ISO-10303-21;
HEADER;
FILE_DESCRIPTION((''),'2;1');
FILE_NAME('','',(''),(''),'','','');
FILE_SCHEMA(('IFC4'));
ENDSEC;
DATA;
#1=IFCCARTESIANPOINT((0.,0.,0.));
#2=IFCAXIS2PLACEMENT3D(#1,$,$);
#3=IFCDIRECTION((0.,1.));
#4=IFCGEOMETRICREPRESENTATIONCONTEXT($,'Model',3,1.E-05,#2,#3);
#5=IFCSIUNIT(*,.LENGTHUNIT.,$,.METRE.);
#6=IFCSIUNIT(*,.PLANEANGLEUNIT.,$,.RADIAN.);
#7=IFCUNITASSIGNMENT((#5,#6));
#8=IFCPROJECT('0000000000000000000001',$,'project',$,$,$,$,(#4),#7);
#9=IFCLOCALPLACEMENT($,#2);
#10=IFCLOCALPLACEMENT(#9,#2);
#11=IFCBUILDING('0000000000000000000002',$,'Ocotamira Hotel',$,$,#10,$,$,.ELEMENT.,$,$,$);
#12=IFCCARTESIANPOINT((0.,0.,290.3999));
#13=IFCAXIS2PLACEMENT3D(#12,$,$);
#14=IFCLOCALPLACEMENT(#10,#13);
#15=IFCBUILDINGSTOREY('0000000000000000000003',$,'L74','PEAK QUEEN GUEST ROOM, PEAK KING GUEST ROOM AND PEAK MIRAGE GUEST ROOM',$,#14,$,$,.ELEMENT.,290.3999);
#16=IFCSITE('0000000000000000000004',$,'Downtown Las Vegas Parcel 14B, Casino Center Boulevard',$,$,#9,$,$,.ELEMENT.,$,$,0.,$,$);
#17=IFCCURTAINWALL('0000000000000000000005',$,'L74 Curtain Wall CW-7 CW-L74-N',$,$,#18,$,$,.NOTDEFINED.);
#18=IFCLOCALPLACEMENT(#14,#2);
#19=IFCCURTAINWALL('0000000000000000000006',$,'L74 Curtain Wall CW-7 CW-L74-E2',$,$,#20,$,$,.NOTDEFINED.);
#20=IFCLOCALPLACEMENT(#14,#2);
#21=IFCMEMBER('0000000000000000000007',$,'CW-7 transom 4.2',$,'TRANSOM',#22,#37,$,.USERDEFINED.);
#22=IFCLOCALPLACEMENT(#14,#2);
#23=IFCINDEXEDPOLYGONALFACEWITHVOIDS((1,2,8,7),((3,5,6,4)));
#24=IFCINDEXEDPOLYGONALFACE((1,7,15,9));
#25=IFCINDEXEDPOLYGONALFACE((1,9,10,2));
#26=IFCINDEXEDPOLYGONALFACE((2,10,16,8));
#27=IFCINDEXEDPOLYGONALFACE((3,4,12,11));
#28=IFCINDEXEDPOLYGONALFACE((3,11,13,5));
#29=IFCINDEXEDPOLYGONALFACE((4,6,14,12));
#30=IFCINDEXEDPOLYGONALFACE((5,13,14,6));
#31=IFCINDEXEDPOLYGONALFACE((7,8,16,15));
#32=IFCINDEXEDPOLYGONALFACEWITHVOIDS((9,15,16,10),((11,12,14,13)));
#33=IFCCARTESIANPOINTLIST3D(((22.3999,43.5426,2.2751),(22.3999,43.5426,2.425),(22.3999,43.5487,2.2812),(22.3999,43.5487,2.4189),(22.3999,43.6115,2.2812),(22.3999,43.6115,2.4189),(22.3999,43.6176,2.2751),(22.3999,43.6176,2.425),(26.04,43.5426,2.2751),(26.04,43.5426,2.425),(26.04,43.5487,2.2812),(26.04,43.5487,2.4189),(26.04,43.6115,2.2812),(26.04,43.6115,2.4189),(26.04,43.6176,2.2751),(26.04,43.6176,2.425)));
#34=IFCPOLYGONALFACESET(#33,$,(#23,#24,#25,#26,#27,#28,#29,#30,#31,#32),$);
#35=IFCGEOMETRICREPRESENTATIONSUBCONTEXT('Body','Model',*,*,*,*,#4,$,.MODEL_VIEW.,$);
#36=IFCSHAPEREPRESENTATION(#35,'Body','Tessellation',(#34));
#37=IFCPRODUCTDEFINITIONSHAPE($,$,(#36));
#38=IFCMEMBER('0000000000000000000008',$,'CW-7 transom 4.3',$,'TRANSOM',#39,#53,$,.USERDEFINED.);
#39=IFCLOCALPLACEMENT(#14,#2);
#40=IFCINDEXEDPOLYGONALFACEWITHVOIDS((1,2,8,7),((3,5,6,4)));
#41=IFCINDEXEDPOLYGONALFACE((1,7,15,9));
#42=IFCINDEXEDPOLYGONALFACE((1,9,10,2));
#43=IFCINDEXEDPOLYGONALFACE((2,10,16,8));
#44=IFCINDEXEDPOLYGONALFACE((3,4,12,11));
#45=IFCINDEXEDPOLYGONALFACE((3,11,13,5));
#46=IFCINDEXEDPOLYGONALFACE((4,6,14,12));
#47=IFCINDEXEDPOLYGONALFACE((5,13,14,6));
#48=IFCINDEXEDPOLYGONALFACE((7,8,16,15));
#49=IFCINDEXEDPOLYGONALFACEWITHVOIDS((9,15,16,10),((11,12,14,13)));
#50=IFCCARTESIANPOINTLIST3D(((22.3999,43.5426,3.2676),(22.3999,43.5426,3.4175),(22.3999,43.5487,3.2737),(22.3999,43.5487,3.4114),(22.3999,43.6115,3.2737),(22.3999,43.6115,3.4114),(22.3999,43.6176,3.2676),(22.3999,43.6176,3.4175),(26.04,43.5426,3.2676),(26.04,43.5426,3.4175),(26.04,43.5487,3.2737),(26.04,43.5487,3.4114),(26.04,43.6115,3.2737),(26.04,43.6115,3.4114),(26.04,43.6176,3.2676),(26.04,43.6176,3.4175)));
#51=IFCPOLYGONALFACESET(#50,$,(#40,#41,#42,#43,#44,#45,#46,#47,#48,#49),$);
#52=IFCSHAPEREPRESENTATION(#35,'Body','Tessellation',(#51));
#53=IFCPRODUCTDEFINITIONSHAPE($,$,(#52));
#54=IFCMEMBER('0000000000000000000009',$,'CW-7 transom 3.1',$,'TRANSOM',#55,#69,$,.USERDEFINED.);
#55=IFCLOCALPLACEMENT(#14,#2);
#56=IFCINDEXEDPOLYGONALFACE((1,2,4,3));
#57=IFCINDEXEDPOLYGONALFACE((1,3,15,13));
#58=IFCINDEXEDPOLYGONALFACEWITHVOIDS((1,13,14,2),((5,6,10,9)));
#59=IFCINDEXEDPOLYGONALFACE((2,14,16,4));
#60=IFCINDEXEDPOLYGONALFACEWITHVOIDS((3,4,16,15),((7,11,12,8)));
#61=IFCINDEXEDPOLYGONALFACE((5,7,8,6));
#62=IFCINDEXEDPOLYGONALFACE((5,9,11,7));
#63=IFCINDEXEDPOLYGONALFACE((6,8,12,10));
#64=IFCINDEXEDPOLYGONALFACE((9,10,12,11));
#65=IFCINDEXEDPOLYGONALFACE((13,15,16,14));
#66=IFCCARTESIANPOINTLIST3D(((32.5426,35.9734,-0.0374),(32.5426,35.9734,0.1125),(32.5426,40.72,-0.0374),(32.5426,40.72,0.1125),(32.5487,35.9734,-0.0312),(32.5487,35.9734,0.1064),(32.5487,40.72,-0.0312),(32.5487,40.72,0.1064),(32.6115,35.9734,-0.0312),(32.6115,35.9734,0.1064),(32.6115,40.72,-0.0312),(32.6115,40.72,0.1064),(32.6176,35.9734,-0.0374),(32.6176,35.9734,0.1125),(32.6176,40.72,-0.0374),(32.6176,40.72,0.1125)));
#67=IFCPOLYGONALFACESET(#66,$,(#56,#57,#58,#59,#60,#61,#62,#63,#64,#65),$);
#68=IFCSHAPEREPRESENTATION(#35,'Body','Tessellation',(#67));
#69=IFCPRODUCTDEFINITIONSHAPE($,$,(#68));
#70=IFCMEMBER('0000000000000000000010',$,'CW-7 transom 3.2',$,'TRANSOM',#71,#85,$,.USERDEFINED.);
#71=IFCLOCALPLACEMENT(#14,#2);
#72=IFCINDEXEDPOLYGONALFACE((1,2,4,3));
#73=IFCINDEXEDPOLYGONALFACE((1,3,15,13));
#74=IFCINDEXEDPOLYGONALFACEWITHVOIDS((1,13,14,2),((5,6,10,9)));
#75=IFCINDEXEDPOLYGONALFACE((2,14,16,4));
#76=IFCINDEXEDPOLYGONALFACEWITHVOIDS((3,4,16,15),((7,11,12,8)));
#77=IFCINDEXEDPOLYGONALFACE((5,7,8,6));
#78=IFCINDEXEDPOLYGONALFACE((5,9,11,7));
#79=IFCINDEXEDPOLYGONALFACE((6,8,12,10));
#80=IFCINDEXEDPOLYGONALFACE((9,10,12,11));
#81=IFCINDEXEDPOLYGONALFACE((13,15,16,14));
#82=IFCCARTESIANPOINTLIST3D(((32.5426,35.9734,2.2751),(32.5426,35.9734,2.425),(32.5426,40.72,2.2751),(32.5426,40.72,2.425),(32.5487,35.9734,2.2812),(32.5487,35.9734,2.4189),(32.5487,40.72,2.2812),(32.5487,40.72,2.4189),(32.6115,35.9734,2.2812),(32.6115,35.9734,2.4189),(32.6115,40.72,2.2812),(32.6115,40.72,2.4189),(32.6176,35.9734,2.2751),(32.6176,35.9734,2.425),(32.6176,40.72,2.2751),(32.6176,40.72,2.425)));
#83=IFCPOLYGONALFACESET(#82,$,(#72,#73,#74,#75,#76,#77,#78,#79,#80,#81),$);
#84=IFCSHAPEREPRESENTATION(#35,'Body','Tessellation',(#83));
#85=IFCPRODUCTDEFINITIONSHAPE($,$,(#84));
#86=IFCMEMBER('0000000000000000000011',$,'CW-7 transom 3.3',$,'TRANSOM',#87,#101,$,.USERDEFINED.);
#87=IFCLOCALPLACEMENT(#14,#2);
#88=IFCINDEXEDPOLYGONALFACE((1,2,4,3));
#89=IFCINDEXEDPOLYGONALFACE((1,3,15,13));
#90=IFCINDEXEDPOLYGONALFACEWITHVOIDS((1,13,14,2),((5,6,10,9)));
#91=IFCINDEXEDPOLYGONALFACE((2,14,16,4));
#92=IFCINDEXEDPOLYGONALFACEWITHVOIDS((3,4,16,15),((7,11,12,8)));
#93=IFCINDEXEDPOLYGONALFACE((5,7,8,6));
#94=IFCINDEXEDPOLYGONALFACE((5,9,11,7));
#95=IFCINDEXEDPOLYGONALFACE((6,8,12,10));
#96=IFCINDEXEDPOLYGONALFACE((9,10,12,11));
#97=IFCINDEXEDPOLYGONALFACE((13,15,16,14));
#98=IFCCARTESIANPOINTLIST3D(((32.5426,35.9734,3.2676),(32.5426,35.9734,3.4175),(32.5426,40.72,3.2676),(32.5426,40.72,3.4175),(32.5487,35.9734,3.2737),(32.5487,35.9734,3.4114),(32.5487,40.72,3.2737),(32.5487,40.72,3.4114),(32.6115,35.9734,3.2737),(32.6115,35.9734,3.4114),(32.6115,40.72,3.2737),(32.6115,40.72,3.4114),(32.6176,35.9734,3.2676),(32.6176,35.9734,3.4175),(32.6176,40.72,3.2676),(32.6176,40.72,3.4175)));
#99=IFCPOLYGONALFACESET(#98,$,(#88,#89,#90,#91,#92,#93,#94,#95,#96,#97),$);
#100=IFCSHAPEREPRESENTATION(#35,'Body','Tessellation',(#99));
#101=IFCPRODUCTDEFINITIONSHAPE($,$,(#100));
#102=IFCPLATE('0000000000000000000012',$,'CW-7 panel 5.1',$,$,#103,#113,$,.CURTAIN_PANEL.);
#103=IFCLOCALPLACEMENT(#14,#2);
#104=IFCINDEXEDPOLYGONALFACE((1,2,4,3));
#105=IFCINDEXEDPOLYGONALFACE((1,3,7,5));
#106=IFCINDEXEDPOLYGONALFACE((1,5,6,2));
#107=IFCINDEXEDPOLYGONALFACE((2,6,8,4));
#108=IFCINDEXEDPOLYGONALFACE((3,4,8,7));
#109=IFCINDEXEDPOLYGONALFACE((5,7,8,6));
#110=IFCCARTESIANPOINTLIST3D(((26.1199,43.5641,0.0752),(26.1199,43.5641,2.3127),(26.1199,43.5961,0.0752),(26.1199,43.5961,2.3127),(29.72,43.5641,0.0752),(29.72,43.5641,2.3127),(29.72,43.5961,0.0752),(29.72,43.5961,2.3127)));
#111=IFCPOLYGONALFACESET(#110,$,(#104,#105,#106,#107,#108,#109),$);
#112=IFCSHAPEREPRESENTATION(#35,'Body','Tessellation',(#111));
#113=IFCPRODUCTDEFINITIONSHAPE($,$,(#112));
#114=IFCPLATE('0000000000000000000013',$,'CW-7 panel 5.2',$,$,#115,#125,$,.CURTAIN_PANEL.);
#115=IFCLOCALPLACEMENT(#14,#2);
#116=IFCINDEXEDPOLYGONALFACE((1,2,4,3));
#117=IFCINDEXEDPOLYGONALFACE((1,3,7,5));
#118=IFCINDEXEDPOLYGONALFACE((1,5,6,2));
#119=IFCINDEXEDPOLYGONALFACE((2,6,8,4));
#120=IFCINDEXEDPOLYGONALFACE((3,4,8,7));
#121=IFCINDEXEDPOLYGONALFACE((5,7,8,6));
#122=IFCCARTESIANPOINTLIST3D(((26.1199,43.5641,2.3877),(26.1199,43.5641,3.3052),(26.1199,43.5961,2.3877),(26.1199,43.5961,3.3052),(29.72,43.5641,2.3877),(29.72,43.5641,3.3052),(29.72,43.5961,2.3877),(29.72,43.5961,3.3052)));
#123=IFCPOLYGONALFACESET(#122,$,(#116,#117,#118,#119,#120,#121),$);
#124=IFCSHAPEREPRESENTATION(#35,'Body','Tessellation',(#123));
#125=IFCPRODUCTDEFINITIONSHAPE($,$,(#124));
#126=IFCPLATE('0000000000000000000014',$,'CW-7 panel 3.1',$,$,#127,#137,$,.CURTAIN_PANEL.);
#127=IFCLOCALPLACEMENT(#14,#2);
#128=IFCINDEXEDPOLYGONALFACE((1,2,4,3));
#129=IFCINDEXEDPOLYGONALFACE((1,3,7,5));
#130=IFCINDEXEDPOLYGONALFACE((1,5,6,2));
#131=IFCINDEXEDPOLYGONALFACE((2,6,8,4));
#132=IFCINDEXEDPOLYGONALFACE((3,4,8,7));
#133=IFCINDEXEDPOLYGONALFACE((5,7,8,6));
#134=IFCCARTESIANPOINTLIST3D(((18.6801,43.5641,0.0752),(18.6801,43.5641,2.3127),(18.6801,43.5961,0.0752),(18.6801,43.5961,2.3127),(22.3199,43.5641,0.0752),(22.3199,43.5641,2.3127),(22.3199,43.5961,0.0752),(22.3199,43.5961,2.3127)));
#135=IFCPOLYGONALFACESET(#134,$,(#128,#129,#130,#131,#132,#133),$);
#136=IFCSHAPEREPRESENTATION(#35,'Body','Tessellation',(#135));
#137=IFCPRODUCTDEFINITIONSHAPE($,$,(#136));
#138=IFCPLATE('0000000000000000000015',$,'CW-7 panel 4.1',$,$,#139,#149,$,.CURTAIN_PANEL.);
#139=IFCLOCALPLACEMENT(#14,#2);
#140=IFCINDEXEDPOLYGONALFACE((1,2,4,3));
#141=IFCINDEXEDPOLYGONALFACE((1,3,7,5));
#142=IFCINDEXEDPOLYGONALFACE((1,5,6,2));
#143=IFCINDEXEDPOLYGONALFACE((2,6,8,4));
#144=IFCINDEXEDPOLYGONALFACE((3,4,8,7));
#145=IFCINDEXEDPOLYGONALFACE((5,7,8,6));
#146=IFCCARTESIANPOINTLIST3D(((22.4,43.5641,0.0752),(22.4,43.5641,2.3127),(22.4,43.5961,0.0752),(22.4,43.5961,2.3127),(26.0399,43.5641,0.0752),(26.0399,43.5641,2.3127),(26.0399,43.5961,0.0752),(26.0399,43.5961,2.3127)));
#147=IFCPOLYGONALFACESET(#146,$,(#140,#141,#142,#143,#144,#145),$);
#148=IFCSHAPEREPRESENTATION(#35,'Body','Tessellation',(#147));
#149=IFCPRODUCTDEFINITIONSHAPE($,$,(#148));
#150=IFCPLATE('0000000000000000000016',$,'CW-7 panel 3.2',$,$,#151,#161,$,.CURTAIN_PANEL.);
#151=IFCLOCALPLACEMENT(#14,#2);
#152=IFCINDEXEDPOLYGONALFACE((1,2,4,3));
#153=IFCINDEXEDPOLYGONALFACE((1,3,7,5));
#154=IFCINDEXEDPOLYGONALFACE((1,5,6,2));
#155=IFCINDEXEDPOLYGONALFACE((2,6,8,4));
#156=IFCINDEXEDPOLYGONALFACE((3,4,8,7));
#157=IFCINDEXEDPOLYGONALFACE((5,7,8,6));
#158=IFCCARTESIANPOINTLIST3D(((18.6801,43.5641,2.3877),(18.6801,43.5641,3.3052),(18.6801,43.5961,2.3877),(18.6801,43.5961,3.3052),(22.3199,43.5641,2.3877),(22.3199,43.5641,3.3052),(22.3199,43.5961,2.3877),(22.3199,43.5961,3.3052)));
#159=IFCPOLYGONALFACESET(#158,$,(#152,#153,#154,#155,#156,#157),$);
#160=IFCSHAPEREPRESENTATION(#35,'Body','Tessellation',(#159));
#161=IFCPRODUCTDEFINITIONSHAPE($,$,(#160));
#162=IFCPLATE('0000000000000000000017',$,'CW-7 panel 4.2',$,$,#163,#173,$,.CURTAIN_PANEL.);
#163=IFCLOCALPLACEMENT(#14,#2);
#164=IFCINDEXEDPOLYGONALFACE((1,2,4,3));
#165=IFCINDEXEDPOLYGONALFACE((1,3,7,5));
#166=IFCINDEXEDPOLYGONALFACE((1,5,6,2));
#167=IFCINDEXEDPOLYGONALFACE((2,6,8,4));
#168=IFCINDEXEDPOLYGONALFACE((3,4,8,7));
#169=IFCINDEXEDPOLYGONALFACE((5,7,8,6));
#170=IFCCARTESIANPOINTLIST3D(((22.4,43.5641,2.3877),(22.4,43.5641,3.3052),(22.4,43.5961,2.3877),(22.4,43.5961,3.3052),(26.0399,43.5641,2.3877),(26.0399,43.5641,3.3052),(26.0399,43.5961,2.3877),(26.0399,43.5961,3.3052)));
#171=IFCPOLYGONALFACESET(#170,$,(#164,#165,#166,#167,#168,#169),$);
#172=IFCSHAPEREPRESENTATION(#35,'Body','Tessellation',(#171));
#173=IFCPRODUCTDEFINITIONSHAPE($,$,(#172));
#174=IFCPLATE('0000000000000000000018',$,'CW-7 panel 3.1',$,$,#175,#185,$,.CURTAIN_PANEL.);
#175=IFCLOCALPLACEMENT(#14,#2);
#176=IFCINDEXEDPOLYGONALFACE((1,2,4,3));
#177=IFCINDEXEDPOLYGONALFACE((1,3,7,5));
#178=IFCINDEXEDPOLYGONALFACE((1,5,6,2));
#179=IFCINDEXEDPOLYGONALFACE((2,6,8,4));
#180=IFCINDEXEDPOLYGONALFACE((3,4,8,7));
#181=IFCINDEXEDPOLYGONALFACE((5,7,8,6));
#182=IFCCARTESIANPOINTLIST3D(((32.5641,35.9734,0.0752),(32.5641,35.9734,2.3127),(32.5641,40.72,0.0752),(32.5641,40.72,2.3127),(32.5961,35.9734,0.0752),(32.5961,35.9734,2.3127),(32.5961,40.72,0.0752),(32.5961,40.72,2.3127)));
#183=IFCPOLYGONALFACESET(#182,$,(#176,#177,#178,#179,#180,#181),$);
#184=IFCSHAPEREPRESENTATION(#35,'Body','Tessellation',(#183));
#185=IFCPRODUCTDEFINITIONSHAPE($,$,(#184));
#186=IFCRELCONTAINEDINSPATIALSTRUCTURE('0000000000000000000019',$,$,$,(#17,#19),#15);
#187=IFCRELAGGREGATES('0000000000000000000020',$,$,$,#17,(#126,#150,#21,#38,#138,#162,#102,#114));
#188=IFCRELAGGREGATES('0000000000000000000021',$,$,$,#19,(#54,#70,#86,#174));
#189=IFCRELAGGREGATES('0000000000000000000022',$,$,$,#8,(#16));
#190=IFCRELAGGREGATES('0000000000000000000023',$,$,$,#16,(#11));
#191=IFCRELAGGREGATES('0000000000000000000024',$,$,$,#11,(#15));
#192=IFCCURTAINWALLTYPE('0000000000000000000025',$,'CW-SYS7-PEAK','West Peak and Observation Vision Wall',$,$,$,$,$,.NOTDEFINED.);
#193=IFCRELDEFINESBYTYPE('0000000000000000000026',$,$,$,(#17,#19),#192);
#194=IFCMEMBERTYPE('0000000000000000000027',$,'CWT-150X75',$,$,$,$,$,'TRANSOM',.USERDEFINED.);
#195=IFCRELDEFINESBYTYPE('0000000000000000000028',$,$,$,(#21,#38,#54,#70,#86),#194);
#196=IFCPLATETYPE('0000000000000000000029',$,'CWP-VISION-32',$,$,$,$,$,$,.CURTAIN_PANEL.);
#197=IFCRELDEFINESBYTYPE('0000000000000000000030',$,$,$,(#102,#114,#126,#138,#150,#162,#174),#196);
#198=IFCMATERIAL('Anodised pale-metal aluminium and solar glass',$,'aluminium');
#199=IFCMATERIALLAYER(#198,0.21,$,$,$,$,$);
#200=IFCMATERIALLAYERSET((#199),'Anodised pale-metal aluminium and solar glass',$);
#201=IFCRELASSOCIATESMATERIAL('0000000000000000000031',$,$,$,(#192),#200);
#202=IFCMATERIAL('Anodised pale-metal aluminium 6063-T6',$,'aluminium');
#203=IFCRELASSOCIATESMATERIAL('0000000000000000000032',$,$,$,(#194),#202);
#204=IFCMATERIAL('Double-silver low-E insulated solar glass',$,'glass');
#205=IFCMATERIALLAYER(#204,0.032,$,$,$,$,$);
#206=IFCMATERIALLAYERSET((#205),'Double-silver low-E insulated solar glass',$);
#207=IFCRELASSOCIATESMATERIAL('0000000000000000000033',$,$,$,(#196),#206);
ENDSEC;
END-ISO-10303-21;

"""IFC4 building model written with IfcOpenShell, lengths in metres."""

from ifc_helpers import new_model, si_unit, direction, frame, origin, origin_2d, place, context, subcontext, project, spatial, rectangle, hollow_rectangle, extrude, source, transform, mapped, material, layer, layer_set, material_profile, profile_set, type_object, element, aggregate, save


model = new_model("IFC4")

# Units and contexts
model_context = context("Model", 3, precision=1e-05, world=origin(), true_north=direction((0.0, 1.0)))
body_context = subcontext(model_context, "Body", "Model", "MODEL_VIEW")
ifc_project = project(units=[si_unit("LENGTHUNIT", "METRE"), si_unit("PLANEANGLEUNIT", "RADIAN")], contexts=[model_context])

# Site, building, storey
site_placement = place(None, origin())
site = spatial("IfcSite", under=ifc_project, at=site_placement, Name="Downtown Las Vegas Parcel 14B, Casino Center Boulevard", CompositionType="ELEMENT", RefElevation=0.0)
building_placement = place(site_placement, origin())
building = spatial("IfcBuilding", under=site, at=building_placement, Name="Ocotamira Hotel", CompositionType="ELEMENT")
storey_placement = place(building_placement, frame((0.0, 0.0, 290.3999)))
storey = spatial("IfcBuildingStorey", under=building, at=storey_placement, Name="L74", Description="PEAK QUEEN GUEST ROOM, PEAK KING GUEST ROOM AND PEAK MIRAGE GUEST ROOM", CompositionType="ELEMENT", Elevation=290.3999)

# Curtain walls
ifc_material_1 = material(Name="Anodised pale-metal aluminium and solar glass", Category="aluminium")
ifc_layer_1 = layer(ifc_material_1, 0.21)
ifc_layer_set_1 = layer_set([ifc_layer_1], Name="Anodised pale-metal aluminium and solar glass")
curtain_wall_type = type_object("IfcCurtainWallType", Name="CW-SYS7-PEAK", Description="West Peak and Observation Vision Wall", PredefinedType="NOTDEFINED", material=ifc_layer_set_1)
curtain_wall_1_placement = place(storey_placement, origin())
curtain_wall_1 = element("IfcCurtainWall", 1, at=curtain_wall_1_placement, inside=storey, type_object=curtain_wall_type, Name="L74 Curtain Wall CW-7 CW-L74-N", PredefinedType="NOTDEFINED")
ifc_material_2 = material(Name="Anodised pale-metal aluminium 6063-T6", Category="aluminium")
curtain_wall_2_placement = place(storey_placement, origin())
curtain_wall_2 = element("IfcCurtainWall", 2, at=curtain_wall_2_placement, inside=storey, type_object=curtain_wall_type, Name="L74 Curtain Wall CW-7 CW-L74-E2", PredefinedType="NOTDEFINED")

# Members
ifc_material_profile_1 = material_profile(ifc_material_2, hollow_rectangle(XDim=0.075, YDim=0.1499, WallThickness=0.0061, at=origin_2d()), Name="HSS150X75X6")
ifc_profile_set_1 = profile_set([ifc_material_profile_1], Name="Anodised pale-metal aluminium 6063-T6")
member_type_1 = type_object("IfcMemberType", Name="CWT-150X75", ElementType="TRANSOM", PredefinedType="USERDEFINED", material=ifc_profile_set_1)
shared_shape_1 = source(origin(), body_context, "Body", "SweptSolid", [
    extrude(hollow_rectangle(XDim=0.075, YDim=0.1499, WallThickness=0.0061, at=origin_2d()), origin(), (0.0, 0.0, 1.0), 3.6401),
])
member_1_placement = place(storey_placement, frame((22.3999, 43.5801, 2.3501), z_axis=(1.0, 0.0, 0.0), x_axis=(0.0, 1.0, 0.0)))
member_1 = element("IfcMember", 3, at=member_1_placement, type_object=member_type_1, Name="CW-7 transom 4.2", ObjectType="TRANSOM", PredefinedType="USERDEFINED", context=body_context, shape_type="MappedRepresentation", body=[
    mapped(shared_shape_1, transform((0.0, 0.0, 0.0), scale=1.0)),
])
member_2_placement = place(storey_placement, frame((22.3999, 43.5801, 3.3425), z_axis=(1.0, 0.0, 0.0), x_axis=(0.0, 1.0, 0.0)))
member_2 = element("IfcMember", 4, at=member_2_placement, type_object=member_type_1, Name="CW-7 transom 4.3", ObjectType="TRANSOM", PredefinedType="USERDEFINED", context=body_context, shape_type="MappedRepresentation", body=[
    mapped(shared_shape_1, transform((0.0, 0.0, 0.0), scale=1.0)),
])
shared_shape_2 = source(origin(), body_context, "Body", "SweptSolid", [
    extrude(hollow_rectangle(XDim=0.075, YDim=0.1499, WallThickness=0.0061, at=origin_2d()), origin(), (0.0, 0.0, 1.0), 4.7466),
])
member_3_placement = place(storey_placement, frame((32.5801, 35.9734, 0.0376), z_axis=(0.0, 1.0, 0.0), x_axis=(-1.0, 0.0, 0.0)))
member_3 = element("IfcMember", 5, at=member_3_placement, type_object=member_type_1, Name="CW-7 transom 3.1", ObjectType="TRANSOM", PredefinedType="USERDEFINED", context=body_context, shape_type="MappedRepresentation", body=[
    mapped(shared_shape_2, transform((0.0, 0.0, 0.0), scale=1.0)),
])
member_4_placement = place(storey_placement, frame((32.5801, 35.9734, 2.3501), z_axis=(0.0, 1.0, 0.0), x_axis=(-1.0, 0.0, 0.0)))
member_4 = element("IfcMember", 6, at=member_4_placement, type_object=member_type_1, Name="CW-7 transom 3.2", ObjectType="TRANSOM", PredefinedType="USERDEFINED", context=body_context, shape_type="MappedRepresentation", body=[
    mapped(shared_shape_2, transform((0.0, 0.0, 0.0), scale=1.0)),
])
member_5_placement = place(storey_placement, frame((32.5801, 35.9734, 3.3425), z_axis=(0.0, 1.0, 0.0), x_axis=(-1.0, 0.0, 0.0)))
member_5 = element("IfcMember", 7, at=member_5_placement, type_object=member_type_1, Name="CW-7 transom 3.3", ObjectType="TRANSOM", PredefinedType="USERDEFINED", context=body_context, shape_type="MappedRepresentation", body=[
    mapped(shared_shape_2, transform((0.0, 0.0, 0.0), scale=1.0)),
])

# Plates
ifc_material_3 = material(Name="Double-silver low-E insulated solar glass", Category="glass")
ifc_layer_2 = layer(ifc_material_3, 0.032)
ifc_layer_set_2 = layer_set([ifc_layer_2], Name="Double-silver low-E insulated solar glass")
plate_type = type_object("IfcPlateType", Name="CWP-VISION-32", PredefinedType="CURTAIN_PANEL", material=ifc_layer_set_2)
shared_shape_3 = source(origin(), body_context, "Body", "SweptSolid", [
    extrude(rectangle(XDim=3.6001, YDim=0.032, at=origin_2d()), origin(), (0.0, 0.0, 1.0), 2.2375),
])
plate_1_placement = place(storey_placement, frame((27.9199, 43.5801, 0.0752), z_axis=(0.0, 0.0, 1.0), x_axis=(1.0, 0.0, 0.0)))
plate_1 = element("IfcPlate", 8, at=plate_1_placement, type_object=plate_type, Name="CW-7 panel 5.1", PredefinedType="CURTAIN_PANEL", context=body_context, shape_type="MappedRepresentation", body=[
    mapped(shared_shape_3, transform((0.0, 0.0, 0.0), scale=1.0)),
])
shared_shape_4 = source(origin(), body_context, "Body", "SweptSolid", [
    extrude(rectangle(XDim=3.6001, YDim=0.032, at=origin_2d()), origin(), (0.0, 0.0, 1.0), 0.9175),
])
plate_2_placement = place(storey_placement, frame((27.9199, 43.5801, 2.3877), z_axis=(0.0, 0.0, 1.0), x_axis=(1.0, 0.0, 0.0)))
plate_2 = element("IfcPlate", 9, at=plate_2_placement, type_object=plate_type, Name="CW-7 panel 5.2", PredefinedType="CURTAIN_PANEL", context=body_context, shape_type="MappedRepresentation", body=[
    mapped(shared_shape_4, transform((0.0, 0.0, 0.0), scale=1.0)),
])
shared_shape_5 = source(origin(), body_context, "Body", "SweptSolid", [
    extrude(rectangle(XDim=3.6399, YDim=0.032, at=origin_2d()), origin(), (0.0, 0.0, 1.0), 2.2375),
])
plate_3_placement = place(storey_placement, frame((20.5, 43.5801, 0.0752), z_axis=(0.0, 0.0, 1.0), x_axis=(1.0, 0.0, 0.0)))
plate_3 = element("IfcPlate", 10, at=plate_3_placement, type_object=plate_type, Name="CW-7 panel 3.1", PredefinedType="CURTAIN_PANEL", context=body_context, shape_type="MappedRepresentation", body=[
    mapped(shared_shape_5, transform((0.0, 0.0, 0.0), scale=1.0)),
])
plate_4_placement = place(storey_placement, frame((24.22, 43.5801, 0.0752), z_axis=(0.0, 0.0, 1.0), x_axis=(1.0, 0.0, 0.0)))
plate_4 = element("IfcPlate", 11, at=plate_4_placement, type_object=plate_type, Name="CW-7 panel 4.1", PredefinedType="CURTAIN_PANEL", context=body_context, shape_type="MappedRepresentation", body=[
    mapped(shared_shape_5, transform((0.0, 0.0, 0.0), scale=1.0)),
])
shared_shape_6 = source(origin(), body_context, "Body", "SweptSolid", [
    extrude(rectangle(XDim=3.6399, YDim=0.032, at=origin_2d()), origin(), (0.0, 0.0, 1.0), 0.9175),
])
plate_5_placement = place(storey_placement, frame((20.5, 43.5801, 2.3877), z_axis=(0.0, 0.0, 1.0), x_axis=(1.0, 0.0, 0.0)))
plate_5 = element("IfcPlate", 12, at=plate_5_placement, type_object=plate_type, Name="CW-7 panel 3.2", PredefinedType="CURTAIN_PANEL", context=body_context, shape_type="MappedRepresentation", body=[
    mapped(shared_shape_6, transform((0.0, 0.0, 0.0), scale=1.0)),
])
plate_6_placement = place(storey_placement, frame((24.22, 43.5801, 2.3877), z_axis=(0.0, 0.0, 1.0), x_axis=(1.0, 0.0, 0.0)))
plate_6 = element("IfcPlate", 13, at=plate_6_placement, type_object=plate_type, Name="CW-7 panel 4.2", PredefinedType="CURTAIN_PANEL", context=body_context, shape_type="MappedRepresentation", body=[
    mapped(shared_shape_6, transform((0.0, 0.0, 0.0), scale=1.0)),
])
aggregate(curtain_wall_1, [plate_3, plate_5, member_1, member_2, plate_4, plate_6, plate_1, plate_2])
shared_shape_7 = source(origin(), body_context, "Body", "SweptSolid", [
    extrude(rectangle(XDim=4.7466, YDim=0.032, at=origin_2d()), origin(), (0.0, 0.0, 1.0), 2.2375),
])
plate_7_placement = place(storey_placement, frame((32.5801, 38.3467, 0.0752), z_axis=(0.0, 0.0, 1.0), x_axis=(0.0, 1.0, 0.0)))
plate_7 = element("IfcPlate", 14, at=plate_7_placement, type_object=plate_type, Name="CW-7 panel 3.1", PredefinedType="CURTAIN_PANEL", context=body_context, shape_type="MappedRepresentation", body=[
    mapped(shared_shape_7, transform((0.0, 0.0, 0.0), scale=1.0)),
])
aggregate(curtain_wall_2, [member_3, member_4, member_5, plate_7])

save(model, "model.ifc")
